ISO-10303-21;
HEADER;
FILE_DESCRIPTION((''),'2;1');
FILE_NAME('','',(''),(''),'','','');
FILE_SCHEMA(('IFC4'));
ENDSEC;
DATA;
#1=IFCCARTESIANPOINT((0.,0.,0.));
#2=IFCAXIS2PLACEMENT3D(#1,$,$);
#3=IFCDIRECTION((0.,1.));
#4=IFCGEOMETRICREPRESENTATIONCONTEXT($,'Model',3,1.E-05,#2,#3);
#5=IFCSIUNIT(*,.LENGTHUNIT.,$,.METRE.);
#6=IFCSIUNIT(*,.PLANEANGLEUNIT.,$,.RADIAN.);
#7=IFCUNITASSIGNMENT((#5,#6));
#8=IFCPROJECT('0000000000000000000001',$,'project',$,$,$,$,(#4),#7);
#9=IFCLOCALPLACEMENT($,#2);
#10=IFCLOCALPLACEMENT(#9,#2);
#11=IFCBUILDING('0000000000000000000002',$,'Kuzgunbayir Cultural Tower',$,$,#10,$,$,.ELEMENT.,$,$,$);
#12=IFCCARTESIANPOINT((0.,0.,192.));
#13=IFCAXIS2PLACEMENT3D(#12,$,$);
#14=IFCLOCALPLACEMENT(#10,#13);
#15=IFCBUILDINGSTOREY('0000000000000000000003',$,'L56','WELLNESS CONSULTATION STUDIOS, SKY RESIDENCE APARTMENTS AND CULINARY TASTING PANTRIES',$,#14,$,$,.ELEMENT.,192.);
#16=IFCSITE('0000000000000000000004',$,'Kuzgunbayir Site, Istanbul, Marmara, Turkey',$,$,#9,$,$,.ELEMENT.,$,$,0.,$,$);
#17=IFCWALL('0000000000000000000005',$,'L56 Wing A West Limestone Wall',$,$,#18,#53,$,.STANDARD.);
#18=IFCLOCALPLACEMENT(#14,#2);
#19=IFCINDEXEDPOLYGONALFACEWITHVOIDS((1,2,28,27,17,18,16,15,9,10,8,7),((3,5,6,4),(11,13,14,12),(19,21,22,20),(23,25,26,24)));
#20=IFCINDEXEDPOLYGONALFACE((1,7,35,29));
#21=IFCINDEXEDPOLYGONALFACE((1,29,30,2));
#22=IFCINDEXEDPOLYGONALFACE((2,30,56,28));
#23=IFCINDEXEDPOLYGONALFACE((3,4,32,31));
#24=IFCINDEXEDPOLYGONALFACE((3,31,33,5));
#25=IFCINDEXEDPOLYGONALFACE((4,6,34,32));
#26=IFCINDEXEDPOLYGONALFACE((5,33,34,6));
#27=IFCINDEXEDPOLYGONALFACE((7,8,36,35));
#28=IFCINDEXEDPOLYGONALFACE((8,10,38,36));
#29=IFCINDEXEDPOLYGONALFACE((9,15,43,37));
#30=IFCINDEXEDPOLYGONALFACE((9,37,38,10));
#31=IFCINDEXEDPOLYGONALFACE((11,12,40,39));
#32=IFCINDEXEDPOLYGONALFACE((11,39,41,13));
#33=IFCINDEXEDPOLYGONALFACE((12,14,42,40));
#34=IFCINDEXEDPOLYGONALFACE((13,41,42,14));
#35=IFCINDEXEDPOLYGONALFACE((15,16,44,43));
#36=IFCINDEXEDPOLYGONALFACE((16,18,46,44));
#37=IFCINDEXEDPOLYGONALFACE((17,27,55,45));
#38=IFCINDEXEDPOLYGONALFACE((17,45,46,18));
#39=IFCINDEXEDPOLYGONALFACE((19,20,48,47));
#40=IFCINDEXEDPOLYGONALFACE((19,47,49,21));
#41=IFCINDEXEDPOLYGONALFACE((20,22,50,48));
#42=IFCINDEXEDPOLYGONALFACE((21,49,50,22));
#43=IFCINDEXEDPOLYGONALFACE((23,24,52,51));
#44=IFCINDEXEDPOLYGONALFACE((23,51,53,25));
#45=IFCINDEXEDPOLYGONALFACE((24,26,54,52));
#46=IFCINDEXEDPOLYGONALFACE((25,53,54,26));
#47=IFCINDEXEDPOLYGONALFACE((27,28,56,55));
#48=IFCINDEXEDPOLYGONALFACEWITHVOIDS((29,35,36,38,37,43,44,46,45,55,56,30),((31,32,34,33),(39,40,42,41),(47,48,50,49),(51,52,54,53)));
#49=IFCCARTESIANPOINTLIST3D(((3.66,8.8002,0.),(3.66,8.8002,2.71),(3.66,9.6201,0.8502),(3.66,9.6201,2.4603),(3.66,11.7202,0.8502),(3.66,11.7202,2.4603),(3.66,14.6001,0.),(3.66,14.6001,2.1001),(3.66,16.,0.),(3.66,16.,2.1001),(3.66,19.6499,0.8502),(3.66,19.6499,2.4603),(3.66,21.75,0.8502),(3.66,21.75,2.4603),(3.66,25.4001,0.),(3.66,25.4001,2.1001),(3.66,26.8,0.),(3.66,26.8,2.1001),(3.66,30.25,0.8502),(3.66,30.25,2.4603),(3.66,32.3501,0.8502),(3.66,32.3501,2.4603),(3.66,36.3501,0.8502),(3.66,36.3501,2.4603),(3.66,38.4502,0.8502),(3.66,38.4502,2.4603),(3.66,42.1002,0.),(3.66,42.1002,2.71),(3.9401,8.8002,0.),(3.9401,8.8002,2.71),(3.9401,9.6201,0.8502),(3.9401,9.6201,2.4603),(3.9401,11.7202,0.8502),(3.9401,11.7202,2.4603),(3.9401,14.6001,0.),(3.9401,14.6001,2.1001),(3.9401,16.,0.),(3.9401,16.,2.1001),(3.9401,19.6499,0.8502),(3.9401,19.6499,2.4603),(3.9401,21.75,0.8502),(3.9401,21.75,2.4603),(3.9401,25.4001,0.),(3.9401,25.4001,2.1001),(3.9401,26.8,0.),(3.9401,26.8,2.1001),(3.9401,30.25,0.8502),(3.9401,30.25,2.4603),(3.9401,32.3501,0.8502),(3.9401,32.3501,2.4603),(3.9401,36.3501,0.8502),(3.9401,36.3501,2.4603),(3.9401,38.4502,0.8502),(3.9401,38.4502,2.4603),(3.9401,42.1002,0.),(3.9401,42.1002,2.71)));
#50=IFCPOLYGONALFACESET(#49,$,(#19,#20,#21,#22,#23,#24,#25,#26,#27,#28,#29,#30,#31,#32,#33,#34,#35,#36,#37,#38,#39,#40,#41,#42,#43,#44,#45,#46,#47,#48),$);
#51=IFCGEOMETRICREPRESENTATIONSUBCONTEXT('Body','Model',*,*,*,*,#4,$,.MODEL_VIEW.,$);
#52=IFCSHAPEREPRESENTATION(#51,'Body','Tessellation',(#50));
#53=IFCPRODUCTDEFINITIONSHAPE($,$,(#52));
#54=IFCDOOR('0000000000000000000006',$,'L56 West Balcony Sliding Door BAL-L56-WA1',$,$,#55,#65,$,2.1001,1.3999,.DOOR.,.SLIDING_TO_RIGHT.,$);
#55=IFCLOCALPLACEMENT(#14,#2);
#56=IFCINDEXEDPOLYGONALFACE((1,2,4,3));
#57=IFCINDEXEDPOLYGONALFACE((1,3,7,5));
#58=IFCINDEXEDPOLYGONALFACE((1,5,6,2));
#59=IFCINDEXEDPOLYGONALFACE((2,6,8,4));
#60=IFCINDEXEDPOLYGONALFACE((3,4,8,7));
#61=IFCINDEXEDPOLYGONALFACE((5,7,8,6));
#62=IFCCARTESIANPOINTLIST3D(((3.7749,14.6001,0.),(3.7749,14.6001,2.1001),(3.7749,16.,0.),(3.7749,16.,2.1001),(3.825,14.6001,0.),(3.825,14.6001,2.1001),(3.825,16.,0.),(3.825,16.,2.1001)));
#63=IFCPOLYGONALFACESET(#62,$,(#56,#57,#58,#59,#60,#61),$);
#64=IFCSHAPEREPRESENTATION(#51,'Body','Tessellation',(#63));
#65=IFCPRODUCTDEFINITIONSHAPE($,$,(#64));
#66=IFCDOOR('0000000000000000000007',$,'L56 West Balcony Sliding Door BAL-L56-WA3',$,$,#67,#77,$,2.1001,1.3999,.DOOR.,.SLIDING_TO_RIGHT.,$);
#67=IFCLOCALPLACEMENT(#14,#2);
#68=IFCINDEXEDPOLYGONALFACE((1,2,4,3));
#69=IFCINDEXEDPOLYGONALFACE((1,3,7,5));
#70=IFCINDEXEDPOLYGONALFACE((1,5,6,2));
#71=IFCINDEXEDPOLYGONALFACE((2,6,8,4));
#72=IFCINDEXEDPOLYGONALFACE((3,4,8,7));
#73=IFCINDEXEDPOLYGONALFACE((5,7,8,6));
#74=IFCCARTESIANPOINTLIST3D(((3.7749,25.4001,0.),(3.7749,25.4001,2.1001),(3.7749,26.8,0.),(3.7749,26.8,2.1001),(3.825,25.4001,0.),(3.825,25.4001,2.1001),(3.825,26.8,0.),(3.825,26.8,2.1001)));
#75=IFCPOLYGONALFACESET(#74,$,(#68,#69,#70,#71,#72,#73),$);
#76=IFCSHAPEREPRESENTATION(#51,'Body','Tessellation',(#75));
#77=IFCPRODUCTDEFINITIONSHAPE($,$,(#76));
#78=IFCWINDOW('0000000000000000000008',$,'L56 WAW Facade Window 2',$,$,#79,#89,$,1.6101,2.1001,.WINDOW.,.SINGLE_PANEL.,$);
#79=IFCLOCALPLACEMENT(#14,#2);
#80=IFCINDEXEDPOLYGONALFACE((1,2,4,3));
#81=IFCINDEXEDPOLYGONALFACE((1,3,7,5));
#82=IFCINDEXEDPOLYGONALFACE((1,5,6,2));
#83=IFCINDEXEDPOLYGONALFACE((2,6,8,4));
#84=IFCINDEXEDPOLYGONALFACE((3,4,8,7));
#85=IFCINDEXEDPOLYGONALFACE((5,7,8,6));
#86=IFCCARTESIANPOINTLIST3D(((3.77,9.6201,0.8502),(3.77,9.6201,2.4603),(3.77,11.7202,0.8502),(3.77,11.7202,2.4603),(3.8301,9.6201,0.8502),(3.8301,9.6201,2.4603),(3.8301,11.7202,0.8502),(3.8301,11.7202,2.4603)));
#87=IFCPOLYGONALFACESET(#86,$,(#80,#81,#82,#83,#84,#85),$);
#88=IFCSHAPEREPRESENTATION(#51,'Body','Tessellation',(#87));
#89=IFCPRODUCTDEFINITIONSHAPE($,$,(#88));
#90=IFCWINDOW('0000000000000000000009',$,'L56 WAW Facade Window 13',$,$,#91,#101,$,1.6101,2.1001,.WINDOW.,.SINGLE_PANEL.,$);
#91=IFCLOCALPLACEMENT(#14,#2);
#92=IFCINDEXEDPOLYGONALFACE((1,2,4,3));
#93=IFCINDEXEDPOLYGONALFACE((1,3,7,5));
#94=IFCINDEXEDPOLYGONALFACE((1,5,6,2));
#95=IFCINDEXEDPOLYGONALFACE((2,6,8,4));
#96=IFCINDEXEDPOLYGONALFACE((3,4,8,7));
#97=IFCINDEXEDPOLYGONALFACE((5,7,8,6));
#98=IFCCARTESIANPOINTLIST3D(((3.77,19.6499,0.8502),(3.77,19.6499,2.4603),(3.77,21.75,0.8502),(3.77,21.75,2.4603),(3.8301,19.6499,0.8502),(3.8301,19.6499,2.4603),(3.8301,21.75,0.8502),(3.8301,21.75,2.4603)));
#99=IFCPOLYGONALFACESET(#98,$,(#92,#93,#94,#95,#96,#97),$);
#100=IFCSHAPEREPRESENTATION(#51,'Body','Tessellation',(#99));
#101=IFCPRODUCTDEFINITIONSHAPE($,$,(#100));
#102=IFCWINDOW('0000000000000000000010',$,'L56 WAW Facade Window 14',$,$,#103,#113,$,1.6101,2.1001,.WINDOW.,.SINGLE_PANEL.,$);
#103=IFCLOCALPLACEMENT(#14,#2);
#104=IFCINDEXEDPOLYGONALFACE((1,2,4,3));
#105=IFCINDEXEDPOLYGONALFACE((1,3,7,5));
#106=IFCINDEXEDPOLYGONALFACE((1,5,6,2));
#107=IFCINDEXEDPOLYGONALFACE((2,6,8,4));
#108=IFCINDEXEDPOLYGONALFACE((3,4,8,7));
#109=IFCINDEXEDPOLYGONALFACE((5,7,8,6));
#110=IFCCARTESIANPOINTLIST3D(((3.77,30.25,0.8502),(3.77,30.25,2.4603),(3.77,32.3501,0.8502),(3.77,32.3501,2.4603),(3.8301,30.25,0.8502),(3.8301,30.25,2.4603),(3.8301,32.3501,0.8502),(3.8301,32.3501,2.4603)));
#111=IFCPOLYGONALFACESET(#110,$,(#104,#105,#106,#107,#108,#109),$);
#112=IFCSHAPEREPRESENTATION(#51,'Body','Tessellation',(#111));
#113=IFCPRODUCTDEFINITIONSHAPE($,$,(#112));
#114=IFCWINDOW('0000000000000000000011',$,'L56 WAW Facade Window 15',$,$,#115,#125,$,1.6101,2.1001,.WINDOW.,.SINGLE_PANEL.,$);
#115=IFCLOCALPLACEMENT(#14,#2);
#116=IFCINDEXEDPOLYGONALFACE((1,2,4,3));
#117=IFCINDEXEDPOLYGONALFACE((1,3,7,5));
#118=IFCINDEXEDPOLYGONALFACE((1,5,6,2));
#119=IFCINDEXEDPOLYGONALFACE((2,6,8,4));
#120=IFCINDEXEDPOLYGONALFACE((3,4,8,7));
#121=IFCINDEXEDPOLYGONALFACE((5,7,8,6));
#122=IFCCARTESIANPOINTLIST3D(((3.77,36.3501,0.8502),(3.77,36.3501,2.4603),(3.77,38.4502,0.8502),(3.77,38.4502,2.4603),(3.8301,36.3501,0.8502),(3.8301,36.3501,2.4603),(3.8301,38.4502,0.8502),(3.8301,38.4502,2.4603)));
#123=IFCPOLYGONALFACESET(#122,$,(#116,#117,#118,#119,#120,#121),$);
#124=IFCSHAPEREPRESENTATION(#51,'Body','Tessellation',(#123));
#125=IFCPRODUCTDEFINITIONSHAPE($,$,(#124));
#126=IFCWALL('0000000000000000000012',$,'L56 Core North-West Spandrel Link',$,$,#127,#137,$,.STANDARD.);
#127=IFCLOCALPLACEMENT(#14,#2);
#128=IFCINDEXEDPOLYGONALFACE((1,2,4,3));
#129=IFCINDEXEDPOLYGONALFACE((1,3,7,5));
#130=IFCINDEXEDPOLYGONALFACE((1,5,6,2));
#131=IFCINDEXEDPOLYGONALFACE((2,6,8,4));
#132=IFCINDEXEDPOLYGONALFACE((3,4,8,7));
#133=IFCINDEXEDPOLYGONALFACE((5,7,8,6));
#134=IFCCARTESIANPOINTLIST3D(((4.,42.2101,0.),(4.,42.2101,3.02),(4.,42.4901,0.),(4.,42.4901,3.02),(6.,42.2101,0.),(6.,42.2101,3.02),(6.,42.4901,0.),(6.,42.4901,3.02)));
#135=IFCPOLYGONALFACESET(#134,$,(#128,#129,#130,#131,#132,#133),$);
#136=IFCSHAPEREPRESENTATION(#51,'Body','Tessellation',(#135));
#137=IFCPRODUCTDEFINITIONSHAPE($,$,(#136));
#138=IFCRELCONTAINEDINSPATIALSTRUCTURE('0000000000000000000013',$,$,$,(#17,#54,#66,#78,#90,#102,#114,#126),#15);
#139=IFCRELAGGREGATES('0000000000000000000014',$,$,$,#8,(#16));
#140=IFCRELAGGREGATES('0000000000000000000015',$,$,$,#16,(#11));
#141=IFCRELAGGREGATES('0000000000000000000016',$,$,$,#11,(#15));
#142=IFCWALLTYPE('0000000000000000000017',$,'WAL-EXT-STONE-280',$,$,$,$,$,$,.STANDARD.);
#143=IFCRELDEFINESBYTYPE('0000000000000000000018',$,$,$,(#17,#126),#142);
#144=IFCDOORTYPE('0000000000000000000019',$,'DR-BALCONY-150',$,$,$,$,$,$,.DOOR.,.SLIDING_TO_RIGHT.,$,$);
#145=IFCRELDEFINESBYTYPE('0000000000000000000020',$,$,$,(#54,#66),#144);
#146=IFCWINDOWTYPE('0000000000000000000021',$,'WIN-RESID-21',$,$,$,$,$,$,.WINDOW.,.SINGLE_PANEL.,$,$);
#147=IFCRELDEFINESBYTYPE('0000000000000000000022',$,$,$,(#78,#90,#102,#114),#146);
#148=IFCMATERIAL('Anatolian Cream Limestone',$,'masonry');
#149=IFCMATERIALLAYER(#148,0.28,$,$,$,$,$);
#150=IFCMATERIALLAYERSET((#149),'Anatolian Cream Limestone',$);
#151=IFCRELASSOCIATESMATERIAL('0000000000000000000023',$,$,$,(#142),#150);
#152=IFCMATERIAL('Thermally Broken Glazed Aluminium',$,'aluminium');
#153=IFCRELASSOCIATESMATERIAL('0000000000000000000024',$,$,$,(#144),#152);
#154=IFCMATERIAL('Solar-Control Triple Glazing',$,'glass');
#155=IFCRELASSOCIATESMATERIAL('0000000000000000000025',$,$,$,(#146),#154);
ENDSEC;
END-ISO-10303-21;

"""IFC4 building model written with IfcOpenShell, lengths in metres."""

from ifc_helpers import new_model, si_unit, direction, frame, frame_2d, origin, place, context, subcontext, project, spatial, rectangle, extrude, material, layer, layer_set, type_object, element, fill, save


model = new_model("IFC4")

# Units and contexts
model_context = context("Model", 3, precision=1e-05, world=origin(), true_north=direction((0.0, 1.0)))
body_context = subcontext(model_context, "Body", "Model", "MODEL_VIEW")
ifc_project = project(units=[si_unit("LENGTHUNIT", "METRE"), si_unit("PLANEANGLEUNIT", "RADIAN")], contexts=[model_context])

# Site, building, storey
site_placement = place(None, origin())
site = spatial("IfcSite", under=ifc_project, at=site_placement, Name="Kuzgunbayir Site, Istanbul, Marmara, Turkey", CompositionType="ELEMENT", RefElevation=0.0)
building_placement = place(site_placement, origin())
building = spatial("IfcBuilding", under=site, at=building_placement, Name="Kuzgunbayir Cultural Tower", CompositionType="ELEMENT")
storey_placement = place(building_placement, frame((0.0, 0.0, 192.0)))
storey = spatial("IfcBuildingStorey", under=building, at=storey_placement, Name="L56", Description="WELLNESS CONSULTATION STUDIOS, SKY RESIDENCE APARTMENTS AND CULINARY TASTING PANTRIES", CompositionType="ELEMENT", Elevation=192.0)

# Wall, openings, doors, windows
ifc_material_1 = material(Name="Anatolian Cream Limestone", Category="masonry")
ifc_layer_1 = layer(ifc_material_1, 0.28)
ifc_layer_set_1 = layer_set([ifc_layer_1], Name="Anatolian Cream Limestone")
wall_type_1 = type_object("IfcWallType", Name="WAL-EXT-STONE-280", PredefinedType="STANDARD", material=ifc_layer_set_1)
wall_1_placement = place(storey_placement, frame((3.8, 42.1001, 0.0), z_axis=(0.0, 0.0, 1.0), x_axis=(0.0, -1.0, 0.0)))
wall_1 = element("IfcWall", 1, at=wall_1_placement, inside=storey, type_object=wall_type_1, Name="L56 Wing A West Limestone Wall", PredefinedType="STANDARD", context=body_context, shape_type="SweptSolid", body=[
    extrude(rectangle(XDim=33.3, YDim=0.28, at=frame_2d((16.6499, 0.0))), origin(), (0.0, 0.0, 1.0), 2.71),
])
opening_1_placement = place(wall_1_placement, frame((26.1001, 0.0, 0.0)))
opening_1 = element("IfcOpeningElement", 2, at=opening_1_placement, cuts=wall_1, PredefinedType="OPENING", context=body_context, shape_type="SweptSolid", body=[
    extrude(rectangle(XDim=1.3999, YDim=2.1001, at=frame_2d((0.7, 1.05))), frame((0.0, 0.1499, 0.0), z_axis=(0.0, -1.0, 0.0), x_axis=(1.0, 0.0, 0.0)), (0.0, 0.0, 1.0), 0.3),
])
opening_2_placement = place(wall_1_placement, frame((15.3, 0.0, 0.0)))
opening_2 = element("IfcOpeningElement", 3, at=opening_2_placement, cuts=wall_1, PredefinedType="OPENING", context=body_context, shape_type="SweptSolid", body=[
    extrude(rectangle(XDim=1.3999, YDim=2.1001, at=frame_2d((0.7, 1.05))), frame((0.0, 0.1499, 0.0), z_axis=(0.0, -1.0, 0.0), x_axis=(1.0, 0.0, 0.0)), (0.0, 0.0, 1.0), 0.3),
])
opening_3_placement = place(wall_1_placement, frame((30.3799, 0.0, 0.8501)))
opening_3 = element("IfcOpeningElement", 4, at=opening_3_placement, cuts=wall_1, PredefinedType="OPENING", context=body_context, shape_type="SweptSolid", body=[
    extrude(rectangle(XDim=2.1001, YDim=1.6101, at=frame_2d((1.05, 0.8052))), frame((0.0, 0.1499, 0.0), z_axis=(0.0, -1.0, 0.0), x_axis=(1.0, 0.0, 0.0)), (0.0, 0.0, 1.0), 0.3),
])
opening_4_placement = place(wall_1_placement, frame((20.3501, 0.0, 0.8501)))
opening_4 = element("IfcOpeningElement", 5, at=opening_4_placement, cuts=wall_1, PredefinedType="OPENING", context=body_context, shape_type="SweptSolid", body=[
    extrude(rectangle(XDim=2.1001, YDim=1.6101, at=frame_2d((1.05, 0.8052))), frame((0.0, 0.1499, 0.0), z_axis=(0.0, -1.0, 0.0), x_axis=(1.0, 0.0, 0.0)), (0.0, 0.0, 1.0), 0.3),
])
opening_5_placement = place(wall_1_placement, frame((9.75, 0.0, 0.8501)))
opening_5 = element("IfcOpeningElement", 6, at=opening_5_placement, cuts=wall_1, PredefinedType="OPENING", context=body_context, shape_type="SweptSolid", body=[
    extrude(rectangle(XDim=2.1001, YDim=1.6101, at=frame_2d((1.05, 0.8052))), frame((0.0, 0.1499, 0.0), z_axis=(0.0, -1.0, 0.0), x_axis=(1.0, 0.0, 0.0)), (0.0, 0.0, 1.0), 0.3),
])
opening_6_placement = place(wall_1_placement, frame((3.6499, 0.0, 0.8501)))
opening_6 = element("IfcOpeningElement", 7, at=opening_6_placement, cuts=wall_1, PredefinedType="OPENING", context=body_context, shape_type="SweptSolid", body=[
    extrude(rectangle(XDim=2.1001, YDim=1.6101, at=frame_2d((1.05, 0.8052))), frame((0.0, 0.1499, 0.0), z_axis=(0.0, -1.0, 0.0), x_axis=(1.0, 0.0, 0.0)), (0.0, 0.0, 1.0), 0.3),
])
ifc_material_2 = material(Name="Thermally Broken Glazed Aluminium", Category="aluminium")
door_type_1 = type_object("IfcDoorType", Name="DR-BALCONY-150", OperationType="SLIDING_TO_RIGHT", PredefinedType="DOOR", material=ifc_material_2)
door_1_placement = place(opening_1_placement, origin())
door_1 = element("IfcDoor", 8, at=door_1_placement, inside=storey, type_object=door_type_1, Name="L56 West Balcony Sliding Door BAL-L56-WA1", OperationType="SLIDING_TO_RIGHT", OverallHeight=2.1001, OverallWidth=1.3999, PredefinedType="DOOR", context=body_context, shape_type="SweptSolid", body=[
    extrude(rectangle(XDim=1.3999, YDim=2.1001, at=frame_2d((0.7, 1.05))), frame((0.0, 0.0249, 0.0), z_axis=(0.0, -1.0, 0.0), x_axis=(1.0, 0.0, 0.0)), (0.0, 0.0, 1.0), 0.05),
])
fill(opening_1, door_1)
door_2_placement = place(opening_2_placement, origin())
door_2 = element("IfcDoor", 9, at=door_2_placement, inside=storey, type_object=door_type_1, Name="L56 West Balcony Sliding Door BAL-L56-WA3", OperationType="SLIDING_TO_RIGHT", OverallHeight=2.1001, OverallWidth=1.3999, PredefinedType="DOOR", context=body_context, shape_type="SweptSolid", body=[
    extrude(rectangle(XDim=1.3999, YDim=2.1001, at=frame_2d((0.7, 1.05))), frame((0.0, 0.0249, 0.0), z_axis=(0.0, -1.0, 0.0), x_axis=(1.0, 0.0, 0.0)), (0.0, 0.0, 1.0), 0.05),
])
fill(opening_2, door_2)
ifc_material_3 = material(Name="Solar-Control Triple Glazing", Category="glass")
window_type = type_object("IfcWindowType", Name="WIN-RESID-21", PartitioningType="SINGLE_PANEL", PredefinedType="WINDOW", material=ifc_material_3)
window_1_placement = place(opening_3_placement, origin())
window_1 = element("IfcWindow", 10, at=window_1_placement, inside=storey, type_object=window_type, Name="L56 WAW Facade Window 2", OverallHeight=1.6101, OverallWidth=2.1001, PartitioningType="SINGLE_PANEL", PredefinedType="WINDOW", context=body_context, shape_type="SweptSolid", body=[
    extrude(rectangle(XDim=2.1001, YDim=1.6101, at=frame_2d((1.05, 0.8052))), frame((0.0, 0.03, 0.0), z_axis=(0.0, -1.0, 0.0), x_axis=(1.0, 0.0, 0.0)), (0.0, 0.0, 1.0), 0.0601),
])
fill(opening_3, window_1)
window_2_placement = place(opening_4_placement, origin())
window_2 = element("IfcWindow", 11, at=window_2_placement, inside=storey, type_object=window_type, Name="L56 WAW Facade Window 13", OverallHeight=1.6101, OverallWidth=2.1001, PartitioningType="SINGLE_PANEL", PredefinedType="WINDOW", context=body_context, shape_type="SweptSolid", body=[
    extrude(rectangle(XDim=2.1001, YDim=1.6101, at=frame_2d((1.05, 0.8052))), frame((0.0, 0.03, 0.0), z_axis=(0.0, -1.0, 0.0), x_axis=(1.0, 0.0, 0.0)), (0.0, 0.0, 1.0), 0.0601),
])
fill(opening_4, window_2)
window_3_placement = place(opening_5_placement, origin())
window_3 = element("IfcWindow", 12, at=window_3_placement, inside=storey, type_object=window_type, Name="L56 WAW Facade Window 14", OverallHeight=1.6101, OverallWidth=2.1001, PartitioningType="SINGLE_PANEL", PredefinedType="WINDOW", context=body_context, shape_type="SweptSolid", body=[
    extrude(rectangle(XDim=2.1001, YDim=1.6101, at=frame_2d((1.05, 0.8052))), frame((0.0, 0.03, 0.0), z_axis=(0.0, -1.0, 0.0), x_axis=(1.0, 0.0, 0.0)), (0.0, 0.0, 1.0), 0.0601),
])
fill(opening_5, window_3)
window_4_placement = place(opening_6_placement, origin())
window_4 = element("IfcWindow", 13, at=window_4_placement, inside=storey, type_object=window_type, Name="L56 WAW Facade Window 15", OverallHeight=1.6101, OverallWidth=2.1001, PartitioningType="SINGLE_PANEL", PredefinedType="WINDOW", context=body_context, shape_type="SweptSolid", body=[
    extrude(rectangle(XDim=2.1001, YDim=1.6101, at=frame_2d((1.05, 0.8052))), frame((0.0, 0.03, 0.0), z_axis=(0.0, -1.0, 0.0), x_axis=(1.0, 0.0, 0.0)), (0.0, 0.0, 1.0), 0.0601),
])
fill(opening_6, window_4)

# Wall
wall_2_placement = place(storey_placement, frame((6.0, 42.3501, 0.0), z_axis=(0.0, 0.0, 1.0), x_axis=(-1.0, 0.0, 0.0)))
element("IfcWall", 14, at=wall_2_placement, inside=storey, type_object=wall_type_1, Name="L56 Core North-West Spandrel Link", PredefinedType="STANDARD", context=body_context, shape_type="SweptSolid", body=[
    extrude(rectangle(XDim=2.0, YDim=0.28, at=frame_2d((1.0, 0.0))), origin(), (0.0, 0.0, 1.0), 3.02),
])

save(model, "model.ifc")
